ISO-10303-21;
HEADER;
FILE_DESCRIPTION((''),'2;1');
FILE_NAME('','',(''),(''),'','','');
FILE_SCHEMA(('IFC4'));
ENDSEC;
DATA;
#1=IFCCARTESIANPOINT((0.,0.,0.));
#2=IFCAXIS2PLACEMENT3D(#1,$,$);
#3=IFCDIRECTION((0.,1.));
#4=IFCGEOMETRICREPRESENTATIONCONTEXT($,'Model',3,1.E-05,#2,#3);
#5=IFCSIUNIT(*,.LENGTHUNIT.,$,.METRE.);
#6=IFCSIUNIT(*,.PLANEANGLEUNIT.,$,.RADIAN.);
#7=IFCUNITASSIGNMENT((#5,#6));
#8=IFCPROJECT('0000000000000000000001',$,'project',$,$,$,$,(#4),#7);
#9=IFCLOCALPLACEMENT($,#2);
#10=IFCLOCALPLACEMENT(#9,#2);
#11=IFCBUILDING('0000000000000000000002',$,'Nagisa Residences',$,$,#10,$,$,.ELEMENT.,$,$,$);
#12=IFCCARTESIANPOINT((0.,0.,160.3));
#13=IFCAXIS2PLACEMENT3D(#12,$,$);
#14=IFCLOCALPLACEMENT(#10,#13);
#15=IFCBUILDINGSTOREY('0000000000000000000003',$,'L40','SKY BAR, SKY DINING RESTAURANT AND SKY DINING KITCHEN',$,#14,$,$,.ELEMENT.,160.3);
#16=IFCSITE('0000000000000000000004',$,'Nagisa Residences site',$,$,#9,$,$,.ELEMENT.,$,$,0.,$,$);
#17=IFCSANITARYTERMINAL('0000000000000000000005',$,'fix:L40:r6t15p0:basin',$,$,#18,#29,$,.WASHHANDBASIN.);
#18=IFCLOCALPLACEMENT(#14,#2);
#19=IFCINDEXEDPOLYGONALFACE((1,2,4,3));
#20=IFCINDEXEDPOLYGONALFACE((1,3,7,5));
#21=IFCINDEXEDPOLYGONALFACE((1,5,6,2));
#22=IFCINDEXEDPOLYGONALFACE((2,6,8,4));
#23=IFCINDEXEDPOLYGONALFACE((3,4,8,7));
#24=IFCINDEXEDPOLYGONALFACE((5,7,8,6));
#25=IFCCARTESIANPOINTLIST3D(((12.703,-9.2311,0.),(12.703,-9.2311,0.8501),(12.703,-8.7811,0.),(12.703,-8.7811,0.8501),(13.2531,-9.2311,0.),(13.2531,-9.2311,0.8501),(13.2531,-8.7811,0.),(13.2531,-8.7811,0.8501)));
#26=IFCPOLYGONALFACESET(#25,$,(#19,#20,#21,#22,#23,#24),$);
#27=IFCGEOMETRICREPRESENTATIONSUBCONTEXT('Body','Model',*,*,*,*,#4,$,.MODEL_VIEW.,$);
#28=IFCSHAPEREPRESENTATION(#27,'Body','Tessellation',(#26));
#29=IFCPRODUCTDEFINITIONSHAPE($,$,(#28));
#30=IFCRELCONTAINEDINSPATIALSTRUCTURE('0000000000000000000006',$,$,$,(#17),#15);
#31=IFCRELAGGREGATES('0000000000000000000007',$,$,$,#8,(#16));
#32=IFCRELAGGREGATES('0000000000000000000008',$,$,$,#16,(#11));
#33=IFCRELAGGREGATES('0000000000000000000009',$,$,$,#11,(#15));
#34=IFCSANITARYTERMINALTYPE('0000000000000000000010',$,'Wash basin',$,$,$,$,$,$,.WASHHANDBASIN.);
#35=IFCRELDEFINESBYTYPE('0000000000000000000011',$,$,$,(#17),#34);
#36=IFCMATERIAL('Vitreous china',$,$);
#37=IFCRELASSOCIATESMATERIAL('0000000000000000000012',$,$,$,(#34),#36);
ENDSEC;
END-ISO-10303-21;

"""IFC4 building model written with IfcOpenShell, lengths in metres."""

from ifc_helpers import new_model, si_unit, direction, frame, origin, origin_2d, place, context, subcontext, project, spatial, rectangle, extrude, material, type_object, element, save


model = new_model("IFC4")

# Units and contexts
model_context = context("Model", 3, precision=1e-05, world=origin(), true_north=direction((0.0, 1.0)))
body_context = subcontext(model_context, "Body", "Model", "MODEL_VIEW")
ifc_project = project(units=[si_unit("LENGTHUNIT", "METRE"), si_unit("PLANEANGLEUNIT", "RADIAN")], contexts=[model_context])

# Site, building, storey
site_placement = place(None, origin())
site = spatial("IfcSite", under=ifc_project, at=site_placement, Name="Nagisa Residences site", CompositionType="ELEMENT", RefElevation=0.0)
building_placement = place(site_placement, origin())
building = spatial("IfcBuilding", under=site, at=building_placement, Name="Nagisa Residences", CompositionType="ELEMENT")
storey_placement = place(building_placement, frame((0.0, 0.0, 160.3)))
storey = spatial("IfcBuildingStorey", under=building, at=storey_placement, Name="L40", Description="SKY BAR, SKY DINING RESTAURANT AND SKY DINING KITCHEN", CompositionType="ELEMENT", Elevation=160.3)

# Sanitary terminal
ifc_material_1 = material(Name="Vitreous china")
sanitary_terminal_type = type_object("IfcSanitaryTerminalType", Name="Wash basin", PredefinedType="WASHHANDBASIN", material=ifc_material_1)
sanitary_terminal_placement = place(storey_placement, frame((12.978, -9.0061, 0.0), z_axis=(0.0, 0.0, 1.0), x_axis=(1.0, 0.0, 0.0)))
element("IfcSanitaryTerminal", 1, at=sanitary_terminal_placement, inside=storey, type_object=sanitary_terminal_type, Name="fix:L40:r6t15p0:basin", PredefinedType="WASHHANDBASIN", context=body_context, shape_type="SweptSolid", body=[
    extrude(rectangle(XDim=0.55, YDim=0.45, at=origin_2d()), origin(), (0.0, 0.0, 1.0), 0.8501),
])

save(model, "model.ifc")
